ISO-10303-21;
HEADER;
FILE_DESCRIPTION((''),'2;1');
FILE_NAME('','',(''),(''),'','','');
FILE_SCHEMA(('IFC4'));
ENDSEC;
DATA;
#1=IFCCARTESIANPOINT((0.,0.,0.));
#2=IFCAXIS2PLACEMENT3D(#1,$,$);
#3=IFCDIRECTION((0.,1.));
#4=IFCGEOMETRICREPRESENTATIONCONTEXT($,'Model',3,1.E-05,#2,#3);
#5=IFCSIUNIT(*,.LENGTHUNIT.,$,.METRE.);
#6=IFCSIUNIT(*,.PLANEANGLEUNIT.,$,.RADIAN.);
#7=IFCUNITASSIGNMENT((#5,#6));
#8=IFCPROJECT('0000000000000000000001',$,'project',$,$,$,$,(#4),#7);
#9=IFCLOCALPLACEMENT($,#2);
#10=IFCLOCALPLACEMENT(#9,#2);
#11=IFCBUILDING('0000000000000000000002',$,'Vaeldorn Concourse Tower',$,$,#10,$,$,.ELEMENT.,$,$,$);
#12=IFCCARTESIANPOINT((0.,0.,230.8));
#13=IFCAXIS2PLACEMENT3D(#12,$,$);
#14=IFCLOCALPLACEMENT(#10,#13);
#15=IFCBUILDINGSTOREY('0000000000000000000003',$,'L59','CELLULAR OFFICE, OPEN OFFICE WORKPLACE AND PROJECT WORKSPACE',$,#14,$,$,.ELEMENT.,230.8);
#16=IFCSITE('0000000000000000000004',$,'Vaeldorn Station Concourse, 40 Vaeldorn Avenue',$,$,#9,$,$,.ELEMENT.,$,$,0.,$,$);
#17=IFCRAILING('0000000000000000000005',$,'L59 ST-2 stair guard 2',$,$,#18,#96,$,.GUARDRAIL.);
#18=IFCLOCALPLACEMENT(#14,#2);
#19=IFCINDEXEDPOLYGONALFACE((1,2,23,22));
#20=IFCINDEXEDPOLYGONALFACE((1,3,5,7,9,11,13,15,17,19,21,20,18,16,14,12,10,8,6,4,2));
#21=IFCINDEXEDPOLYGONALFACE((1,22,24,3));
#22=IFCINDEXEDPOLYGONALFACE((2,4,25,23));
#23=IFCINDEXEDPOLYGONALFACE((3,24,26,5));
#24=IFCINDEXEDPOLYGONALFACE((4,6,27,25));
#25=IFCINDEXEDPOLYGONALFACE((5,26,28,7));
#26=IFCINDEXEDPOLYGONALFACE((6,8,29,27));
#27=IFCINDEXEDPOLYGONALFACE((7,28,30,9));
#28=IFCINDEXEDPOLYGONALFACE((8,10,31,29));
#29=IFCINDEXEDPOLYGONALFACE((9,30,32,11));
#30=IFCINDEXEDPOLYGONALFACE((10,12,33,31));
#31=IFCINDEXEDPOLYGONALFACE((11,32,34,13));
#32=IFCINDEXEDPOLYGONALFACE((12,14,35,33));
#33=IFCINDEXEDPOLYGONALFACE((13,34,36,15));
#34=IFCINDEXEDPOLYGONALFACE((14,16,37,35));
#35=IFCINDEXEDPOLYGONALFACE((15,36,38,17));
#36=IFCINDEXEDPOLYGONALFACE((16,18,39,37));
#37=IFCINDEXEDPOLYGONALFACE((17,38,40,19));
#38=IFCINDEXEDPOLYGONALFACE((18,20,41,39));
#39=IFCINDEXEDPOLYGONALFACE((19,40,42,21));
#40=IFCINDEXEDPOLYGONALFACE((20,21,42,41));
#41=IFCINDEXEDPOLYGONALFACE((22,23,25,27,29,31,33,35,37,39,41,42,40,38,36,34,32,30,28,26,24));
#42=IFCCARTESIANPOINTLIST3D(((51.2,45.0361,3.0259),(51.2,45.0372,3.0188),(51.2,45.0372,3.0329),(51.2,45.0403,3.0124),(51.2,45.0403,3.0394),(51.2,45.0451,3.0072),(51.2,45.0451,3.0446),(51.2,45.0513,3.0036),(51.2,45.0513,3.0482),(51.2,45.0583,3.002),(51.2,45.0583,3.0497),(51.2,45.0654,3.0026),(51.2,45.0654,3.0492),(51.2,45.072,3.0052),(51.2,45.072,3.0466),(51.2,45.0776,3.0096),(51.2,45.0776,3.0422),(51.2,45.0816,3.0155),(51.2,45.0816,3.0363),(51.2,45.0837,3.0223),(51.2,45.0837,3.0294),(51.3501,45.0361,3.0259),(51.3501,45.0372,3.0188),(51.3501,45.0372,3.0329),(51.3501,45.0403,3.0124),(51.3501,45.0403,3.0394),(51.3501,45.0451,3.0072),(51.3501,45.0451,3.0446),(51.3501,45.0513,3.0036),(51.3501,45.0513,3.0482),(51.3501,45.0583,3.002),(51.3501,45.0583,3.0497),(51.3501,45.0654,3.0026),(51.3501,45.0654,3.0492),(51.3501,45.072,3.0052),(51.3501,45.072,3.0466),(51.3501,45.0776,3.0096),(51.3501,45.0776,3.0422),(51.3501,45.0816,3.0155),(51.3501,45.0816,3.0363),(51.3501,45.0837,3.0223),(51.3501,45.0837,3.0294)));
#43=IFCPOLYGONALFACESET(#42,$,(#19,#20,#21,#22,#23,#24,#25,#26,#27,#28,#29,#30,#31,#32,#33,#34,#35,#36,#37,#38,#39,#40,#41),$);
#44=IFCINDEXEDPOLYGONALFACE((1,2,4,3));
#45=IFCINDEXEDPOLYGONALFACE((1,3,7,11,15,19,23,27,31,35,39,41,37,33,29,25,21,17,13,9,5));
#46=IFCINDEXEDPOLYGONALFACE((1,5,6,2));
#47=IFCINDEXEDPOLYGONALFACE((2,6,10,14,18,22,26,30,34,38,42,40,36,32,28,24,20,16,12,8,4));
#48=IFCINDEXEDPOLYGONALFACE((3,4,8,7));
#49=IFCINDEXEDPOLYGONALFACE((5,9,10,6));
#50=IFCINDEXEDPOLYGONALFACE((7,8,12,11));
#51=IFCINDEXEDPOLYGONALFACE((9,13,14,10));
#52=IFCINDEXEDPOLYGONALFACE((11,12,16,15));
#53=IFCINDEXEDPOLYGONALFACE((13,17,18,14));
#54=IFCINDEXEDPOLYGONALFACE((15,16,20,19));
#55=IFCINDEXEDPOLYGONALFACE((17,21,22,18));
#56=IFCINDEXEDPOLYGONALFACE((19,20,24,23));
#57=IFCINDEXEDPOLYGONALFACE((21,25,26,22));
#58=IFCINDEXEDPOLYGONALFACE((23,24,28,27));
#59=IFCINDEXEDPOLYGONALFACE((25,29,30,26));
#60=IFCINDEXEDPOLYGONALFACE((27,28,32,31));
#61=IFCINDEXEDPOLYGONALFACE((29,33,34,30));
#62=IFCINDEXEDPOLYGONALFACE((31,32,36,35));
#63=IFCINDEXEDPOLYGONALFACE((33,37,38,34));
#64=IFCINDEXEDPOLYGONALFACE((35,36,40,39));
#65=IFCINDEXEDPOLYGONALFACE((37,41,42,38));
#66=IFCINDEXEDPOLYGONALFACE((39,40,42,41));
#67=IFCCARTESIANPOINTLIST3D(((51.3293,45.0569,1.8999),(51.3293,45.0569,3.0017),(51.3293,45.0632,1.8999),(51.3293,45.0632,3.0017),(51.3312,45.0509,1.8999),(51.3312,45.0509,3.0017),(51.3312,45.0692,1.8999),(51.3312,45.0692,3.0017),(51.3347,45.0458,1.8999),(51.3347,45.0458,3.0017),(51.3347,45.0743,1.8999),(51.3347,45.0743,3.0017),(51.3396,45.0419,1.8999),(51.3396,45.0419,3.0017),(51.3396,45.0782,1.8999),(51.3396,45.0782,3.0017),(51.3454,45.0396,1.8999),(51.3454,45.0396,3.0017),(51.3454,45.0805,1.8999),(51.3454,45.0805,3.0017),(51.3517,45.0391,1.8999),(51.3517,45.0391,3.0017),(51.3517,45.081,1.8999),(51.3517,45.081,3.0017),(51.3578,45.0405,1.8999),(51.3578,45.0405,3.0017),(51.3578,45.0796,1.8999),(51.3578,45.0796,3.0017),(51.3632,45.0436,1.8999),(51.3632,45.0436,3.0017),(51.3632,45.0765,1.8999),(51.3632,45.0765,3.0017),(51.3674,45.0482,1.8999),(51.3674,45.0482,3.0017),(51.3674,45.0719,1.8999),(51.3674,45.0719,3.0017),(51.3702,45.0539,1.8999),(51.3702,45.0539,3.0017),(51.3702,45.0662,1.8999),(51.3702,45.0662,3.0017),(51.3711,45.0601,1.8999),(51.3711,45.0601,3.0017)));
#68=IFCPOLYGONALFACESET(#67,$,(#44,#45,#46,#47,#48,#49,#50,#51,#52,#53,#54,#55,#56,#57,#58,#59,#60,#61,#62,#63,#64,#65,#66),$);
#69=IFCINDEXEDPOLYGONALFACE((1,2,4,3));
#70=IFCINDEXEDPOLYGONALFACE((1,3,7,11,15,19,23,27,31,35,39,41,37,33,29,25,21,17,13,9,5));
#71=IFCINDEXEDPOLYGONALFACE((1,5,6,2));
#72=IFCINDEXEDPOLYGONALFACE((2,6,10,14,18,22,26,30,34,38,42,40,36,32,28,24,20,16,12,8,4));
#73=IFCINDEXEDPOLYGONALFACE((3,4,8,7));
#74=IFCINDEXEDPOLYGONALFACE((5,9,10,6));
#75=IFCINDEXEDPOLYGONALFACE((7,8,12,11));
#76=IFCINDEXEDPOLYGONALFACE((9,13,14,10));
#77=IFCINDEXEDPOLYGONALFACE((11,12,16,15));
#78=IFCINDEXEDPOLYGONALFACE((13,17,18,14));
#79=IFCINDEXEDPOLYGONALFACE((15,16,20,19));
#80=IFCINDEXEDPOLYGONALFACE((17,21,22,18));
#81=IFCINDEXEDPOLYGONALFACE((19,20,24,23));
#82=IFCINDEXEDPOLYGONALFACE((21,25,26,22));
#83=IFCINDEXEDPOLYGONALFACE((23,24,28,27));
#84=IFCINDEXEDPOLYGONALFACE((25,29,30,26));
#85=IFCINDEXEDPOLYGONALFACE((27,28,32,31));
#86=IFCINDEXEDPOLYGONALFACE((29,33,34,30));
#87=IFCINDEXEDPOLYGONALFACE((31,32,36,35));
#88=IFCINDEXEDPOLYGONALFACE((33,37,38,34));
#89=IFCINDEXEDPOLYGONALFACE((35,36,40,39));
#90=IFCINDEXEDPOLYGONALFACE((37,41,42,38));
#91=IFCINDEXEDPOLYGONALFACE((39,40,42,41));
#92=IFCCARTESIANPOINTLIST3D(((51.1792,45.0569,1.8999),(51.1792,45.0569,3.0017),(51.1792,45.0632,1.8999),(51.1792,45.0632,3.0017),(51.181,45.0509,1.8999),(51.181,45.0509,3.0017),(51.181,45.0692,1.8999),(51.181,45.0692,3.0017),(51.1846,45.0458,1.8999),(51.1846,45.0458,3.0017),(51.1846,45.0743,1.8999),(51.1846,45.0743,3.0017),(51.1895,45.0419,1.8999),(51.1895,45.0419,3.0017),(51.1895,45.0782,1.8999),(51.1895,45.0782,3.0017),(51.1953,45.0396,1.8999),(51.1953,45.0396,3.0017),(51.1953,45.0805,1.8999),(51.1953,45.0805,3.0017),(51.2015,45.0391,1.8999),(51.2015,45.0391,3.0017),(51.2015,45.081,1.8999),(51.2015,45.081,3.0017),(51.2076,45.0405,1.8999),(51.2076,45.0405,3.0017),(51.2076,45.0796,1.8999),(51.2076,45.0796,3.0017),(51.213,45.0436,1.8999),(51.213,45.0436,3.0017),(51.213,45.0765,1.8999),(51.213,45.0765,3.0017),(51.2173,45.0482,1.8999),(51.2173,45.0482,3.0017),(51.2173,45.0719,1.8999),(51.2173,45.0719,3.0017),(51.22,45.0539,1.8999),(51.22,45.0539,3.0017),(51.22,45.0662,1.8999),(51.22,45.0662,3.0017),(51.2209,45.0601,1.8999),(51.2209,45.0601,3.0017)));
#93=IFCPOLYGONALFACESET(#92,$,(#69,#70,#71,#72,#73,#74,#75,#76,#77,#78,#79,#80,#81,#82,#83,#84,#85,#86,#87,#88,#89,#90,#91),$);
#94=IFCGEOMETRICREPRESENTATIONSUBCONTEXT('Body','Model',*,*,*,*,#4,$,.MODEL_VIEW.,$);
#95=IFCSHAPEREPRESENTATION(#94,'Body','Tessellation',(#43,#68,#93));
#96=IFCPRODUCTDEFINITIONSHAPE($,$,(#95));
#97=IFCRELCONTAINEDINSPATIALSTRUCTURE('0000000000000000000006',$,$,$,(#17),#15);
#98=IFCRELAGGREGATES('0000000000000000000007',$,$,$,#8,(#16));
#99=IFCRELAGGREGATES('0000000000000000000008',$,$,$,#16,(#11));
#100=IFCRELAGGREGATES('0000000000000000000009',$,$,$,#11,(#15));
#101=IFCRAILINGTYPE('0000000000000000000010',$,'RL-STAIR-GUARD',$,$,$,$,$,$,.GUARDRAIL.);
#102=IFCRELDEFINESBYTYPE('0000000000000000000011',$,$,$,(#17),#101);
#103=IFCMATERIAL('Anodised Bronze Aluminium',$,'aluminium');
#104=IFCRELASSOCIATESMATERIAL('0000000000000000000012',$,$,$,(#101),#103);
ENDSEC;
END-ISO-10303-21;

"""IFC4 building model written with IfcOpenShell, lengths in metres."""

from ifc_helpers import new_model, si_unit, direction, frame, origin, origin_2d, place, context, subcontext, project, spatial, circle, extrude, material, type_object, element, save


model = new_model("IFC4")

# Units and contexts
model_context = context("Model", 3, precision=1e-05, world=origin(), true_north=direction((0.0, 1.0)))
body_context = subcontext(model_context, "Body", "Model", "MODEL_VIEW")
ifc_project = project(units=[si_unit("LENGTHUNIT", "METRE"), si_unit("PLANEANGLEUNIT", "RADIAN")], contexts=[model_context])

# Site, building, storey
site_placement = place(None, origin())
site = spatial("IfcSite", under=ifc_project, at=site_placement, Name="Vaeldorn Station Concourse, 40 Vaeldorn Avenue", CompositionType="ELEMENT", RefElevation=0.0)
building_placement = place(site_placement, origin())
building = spatial("IfcBuilding", under=site, at=building_placement, Name="Vaeldorn Concourse Tower", CompositionType="ELEMENT")
storey_placement = place(building_placement, frame((0.0, 0.0, 230.8)))
storey = spatial("IfcBuildingStorey", under=building, at=storey_placement, Name="L59", Description="CELLULAR OFFICE, OPEN OFFICE WORKPLACE AND PROJECT WORKSPACE", CompositionType="ELEMENT", Elevation=230.8)

# Shared definitions
ifc_material_1 = material(Name="Anodised Bronze Aluminium", Category="aluminium")

# Railing
railing_type_1 = type_object("IfcRailingType", Name="RL-STAIR-GUARD", PredefinedType="GUARDRAIL", material=ifc_material_1)
railing_1_placement = place(storey_placement, frame((51.3501, 45.0601, 1.8999)))
element("IfcRailing", 1, at=railing_1_placement, inside=storey, type_object=railing_type_1, Name="L59 ST-2 stair guard 2", PredefinedType="GUARDRAIL", context=body_context, shape_type="SweptSolid", body=[
    extrude(circle(Radius=0.0239, at=origin_2d()), frame((0.0, 0.0, 1.126), z_axis=(-1.0, 0.0, 0.0), x_axis=(0.0, -1.0, 0.0)), (0.0, 0.0, 1.0), 0.1501),
    extrude(circle(Radius=0.021, at=origin_2d()), origin(), (0.0, 0.0, 1.0), 1.1018),
    extrude(circle(Radius=0.021, at=origin_2d()), frame((-0.1501, 0.0, 0.0)), (0.0, 0.0, 1.0), 1.1018),
])

save(model, "model.ifc")
